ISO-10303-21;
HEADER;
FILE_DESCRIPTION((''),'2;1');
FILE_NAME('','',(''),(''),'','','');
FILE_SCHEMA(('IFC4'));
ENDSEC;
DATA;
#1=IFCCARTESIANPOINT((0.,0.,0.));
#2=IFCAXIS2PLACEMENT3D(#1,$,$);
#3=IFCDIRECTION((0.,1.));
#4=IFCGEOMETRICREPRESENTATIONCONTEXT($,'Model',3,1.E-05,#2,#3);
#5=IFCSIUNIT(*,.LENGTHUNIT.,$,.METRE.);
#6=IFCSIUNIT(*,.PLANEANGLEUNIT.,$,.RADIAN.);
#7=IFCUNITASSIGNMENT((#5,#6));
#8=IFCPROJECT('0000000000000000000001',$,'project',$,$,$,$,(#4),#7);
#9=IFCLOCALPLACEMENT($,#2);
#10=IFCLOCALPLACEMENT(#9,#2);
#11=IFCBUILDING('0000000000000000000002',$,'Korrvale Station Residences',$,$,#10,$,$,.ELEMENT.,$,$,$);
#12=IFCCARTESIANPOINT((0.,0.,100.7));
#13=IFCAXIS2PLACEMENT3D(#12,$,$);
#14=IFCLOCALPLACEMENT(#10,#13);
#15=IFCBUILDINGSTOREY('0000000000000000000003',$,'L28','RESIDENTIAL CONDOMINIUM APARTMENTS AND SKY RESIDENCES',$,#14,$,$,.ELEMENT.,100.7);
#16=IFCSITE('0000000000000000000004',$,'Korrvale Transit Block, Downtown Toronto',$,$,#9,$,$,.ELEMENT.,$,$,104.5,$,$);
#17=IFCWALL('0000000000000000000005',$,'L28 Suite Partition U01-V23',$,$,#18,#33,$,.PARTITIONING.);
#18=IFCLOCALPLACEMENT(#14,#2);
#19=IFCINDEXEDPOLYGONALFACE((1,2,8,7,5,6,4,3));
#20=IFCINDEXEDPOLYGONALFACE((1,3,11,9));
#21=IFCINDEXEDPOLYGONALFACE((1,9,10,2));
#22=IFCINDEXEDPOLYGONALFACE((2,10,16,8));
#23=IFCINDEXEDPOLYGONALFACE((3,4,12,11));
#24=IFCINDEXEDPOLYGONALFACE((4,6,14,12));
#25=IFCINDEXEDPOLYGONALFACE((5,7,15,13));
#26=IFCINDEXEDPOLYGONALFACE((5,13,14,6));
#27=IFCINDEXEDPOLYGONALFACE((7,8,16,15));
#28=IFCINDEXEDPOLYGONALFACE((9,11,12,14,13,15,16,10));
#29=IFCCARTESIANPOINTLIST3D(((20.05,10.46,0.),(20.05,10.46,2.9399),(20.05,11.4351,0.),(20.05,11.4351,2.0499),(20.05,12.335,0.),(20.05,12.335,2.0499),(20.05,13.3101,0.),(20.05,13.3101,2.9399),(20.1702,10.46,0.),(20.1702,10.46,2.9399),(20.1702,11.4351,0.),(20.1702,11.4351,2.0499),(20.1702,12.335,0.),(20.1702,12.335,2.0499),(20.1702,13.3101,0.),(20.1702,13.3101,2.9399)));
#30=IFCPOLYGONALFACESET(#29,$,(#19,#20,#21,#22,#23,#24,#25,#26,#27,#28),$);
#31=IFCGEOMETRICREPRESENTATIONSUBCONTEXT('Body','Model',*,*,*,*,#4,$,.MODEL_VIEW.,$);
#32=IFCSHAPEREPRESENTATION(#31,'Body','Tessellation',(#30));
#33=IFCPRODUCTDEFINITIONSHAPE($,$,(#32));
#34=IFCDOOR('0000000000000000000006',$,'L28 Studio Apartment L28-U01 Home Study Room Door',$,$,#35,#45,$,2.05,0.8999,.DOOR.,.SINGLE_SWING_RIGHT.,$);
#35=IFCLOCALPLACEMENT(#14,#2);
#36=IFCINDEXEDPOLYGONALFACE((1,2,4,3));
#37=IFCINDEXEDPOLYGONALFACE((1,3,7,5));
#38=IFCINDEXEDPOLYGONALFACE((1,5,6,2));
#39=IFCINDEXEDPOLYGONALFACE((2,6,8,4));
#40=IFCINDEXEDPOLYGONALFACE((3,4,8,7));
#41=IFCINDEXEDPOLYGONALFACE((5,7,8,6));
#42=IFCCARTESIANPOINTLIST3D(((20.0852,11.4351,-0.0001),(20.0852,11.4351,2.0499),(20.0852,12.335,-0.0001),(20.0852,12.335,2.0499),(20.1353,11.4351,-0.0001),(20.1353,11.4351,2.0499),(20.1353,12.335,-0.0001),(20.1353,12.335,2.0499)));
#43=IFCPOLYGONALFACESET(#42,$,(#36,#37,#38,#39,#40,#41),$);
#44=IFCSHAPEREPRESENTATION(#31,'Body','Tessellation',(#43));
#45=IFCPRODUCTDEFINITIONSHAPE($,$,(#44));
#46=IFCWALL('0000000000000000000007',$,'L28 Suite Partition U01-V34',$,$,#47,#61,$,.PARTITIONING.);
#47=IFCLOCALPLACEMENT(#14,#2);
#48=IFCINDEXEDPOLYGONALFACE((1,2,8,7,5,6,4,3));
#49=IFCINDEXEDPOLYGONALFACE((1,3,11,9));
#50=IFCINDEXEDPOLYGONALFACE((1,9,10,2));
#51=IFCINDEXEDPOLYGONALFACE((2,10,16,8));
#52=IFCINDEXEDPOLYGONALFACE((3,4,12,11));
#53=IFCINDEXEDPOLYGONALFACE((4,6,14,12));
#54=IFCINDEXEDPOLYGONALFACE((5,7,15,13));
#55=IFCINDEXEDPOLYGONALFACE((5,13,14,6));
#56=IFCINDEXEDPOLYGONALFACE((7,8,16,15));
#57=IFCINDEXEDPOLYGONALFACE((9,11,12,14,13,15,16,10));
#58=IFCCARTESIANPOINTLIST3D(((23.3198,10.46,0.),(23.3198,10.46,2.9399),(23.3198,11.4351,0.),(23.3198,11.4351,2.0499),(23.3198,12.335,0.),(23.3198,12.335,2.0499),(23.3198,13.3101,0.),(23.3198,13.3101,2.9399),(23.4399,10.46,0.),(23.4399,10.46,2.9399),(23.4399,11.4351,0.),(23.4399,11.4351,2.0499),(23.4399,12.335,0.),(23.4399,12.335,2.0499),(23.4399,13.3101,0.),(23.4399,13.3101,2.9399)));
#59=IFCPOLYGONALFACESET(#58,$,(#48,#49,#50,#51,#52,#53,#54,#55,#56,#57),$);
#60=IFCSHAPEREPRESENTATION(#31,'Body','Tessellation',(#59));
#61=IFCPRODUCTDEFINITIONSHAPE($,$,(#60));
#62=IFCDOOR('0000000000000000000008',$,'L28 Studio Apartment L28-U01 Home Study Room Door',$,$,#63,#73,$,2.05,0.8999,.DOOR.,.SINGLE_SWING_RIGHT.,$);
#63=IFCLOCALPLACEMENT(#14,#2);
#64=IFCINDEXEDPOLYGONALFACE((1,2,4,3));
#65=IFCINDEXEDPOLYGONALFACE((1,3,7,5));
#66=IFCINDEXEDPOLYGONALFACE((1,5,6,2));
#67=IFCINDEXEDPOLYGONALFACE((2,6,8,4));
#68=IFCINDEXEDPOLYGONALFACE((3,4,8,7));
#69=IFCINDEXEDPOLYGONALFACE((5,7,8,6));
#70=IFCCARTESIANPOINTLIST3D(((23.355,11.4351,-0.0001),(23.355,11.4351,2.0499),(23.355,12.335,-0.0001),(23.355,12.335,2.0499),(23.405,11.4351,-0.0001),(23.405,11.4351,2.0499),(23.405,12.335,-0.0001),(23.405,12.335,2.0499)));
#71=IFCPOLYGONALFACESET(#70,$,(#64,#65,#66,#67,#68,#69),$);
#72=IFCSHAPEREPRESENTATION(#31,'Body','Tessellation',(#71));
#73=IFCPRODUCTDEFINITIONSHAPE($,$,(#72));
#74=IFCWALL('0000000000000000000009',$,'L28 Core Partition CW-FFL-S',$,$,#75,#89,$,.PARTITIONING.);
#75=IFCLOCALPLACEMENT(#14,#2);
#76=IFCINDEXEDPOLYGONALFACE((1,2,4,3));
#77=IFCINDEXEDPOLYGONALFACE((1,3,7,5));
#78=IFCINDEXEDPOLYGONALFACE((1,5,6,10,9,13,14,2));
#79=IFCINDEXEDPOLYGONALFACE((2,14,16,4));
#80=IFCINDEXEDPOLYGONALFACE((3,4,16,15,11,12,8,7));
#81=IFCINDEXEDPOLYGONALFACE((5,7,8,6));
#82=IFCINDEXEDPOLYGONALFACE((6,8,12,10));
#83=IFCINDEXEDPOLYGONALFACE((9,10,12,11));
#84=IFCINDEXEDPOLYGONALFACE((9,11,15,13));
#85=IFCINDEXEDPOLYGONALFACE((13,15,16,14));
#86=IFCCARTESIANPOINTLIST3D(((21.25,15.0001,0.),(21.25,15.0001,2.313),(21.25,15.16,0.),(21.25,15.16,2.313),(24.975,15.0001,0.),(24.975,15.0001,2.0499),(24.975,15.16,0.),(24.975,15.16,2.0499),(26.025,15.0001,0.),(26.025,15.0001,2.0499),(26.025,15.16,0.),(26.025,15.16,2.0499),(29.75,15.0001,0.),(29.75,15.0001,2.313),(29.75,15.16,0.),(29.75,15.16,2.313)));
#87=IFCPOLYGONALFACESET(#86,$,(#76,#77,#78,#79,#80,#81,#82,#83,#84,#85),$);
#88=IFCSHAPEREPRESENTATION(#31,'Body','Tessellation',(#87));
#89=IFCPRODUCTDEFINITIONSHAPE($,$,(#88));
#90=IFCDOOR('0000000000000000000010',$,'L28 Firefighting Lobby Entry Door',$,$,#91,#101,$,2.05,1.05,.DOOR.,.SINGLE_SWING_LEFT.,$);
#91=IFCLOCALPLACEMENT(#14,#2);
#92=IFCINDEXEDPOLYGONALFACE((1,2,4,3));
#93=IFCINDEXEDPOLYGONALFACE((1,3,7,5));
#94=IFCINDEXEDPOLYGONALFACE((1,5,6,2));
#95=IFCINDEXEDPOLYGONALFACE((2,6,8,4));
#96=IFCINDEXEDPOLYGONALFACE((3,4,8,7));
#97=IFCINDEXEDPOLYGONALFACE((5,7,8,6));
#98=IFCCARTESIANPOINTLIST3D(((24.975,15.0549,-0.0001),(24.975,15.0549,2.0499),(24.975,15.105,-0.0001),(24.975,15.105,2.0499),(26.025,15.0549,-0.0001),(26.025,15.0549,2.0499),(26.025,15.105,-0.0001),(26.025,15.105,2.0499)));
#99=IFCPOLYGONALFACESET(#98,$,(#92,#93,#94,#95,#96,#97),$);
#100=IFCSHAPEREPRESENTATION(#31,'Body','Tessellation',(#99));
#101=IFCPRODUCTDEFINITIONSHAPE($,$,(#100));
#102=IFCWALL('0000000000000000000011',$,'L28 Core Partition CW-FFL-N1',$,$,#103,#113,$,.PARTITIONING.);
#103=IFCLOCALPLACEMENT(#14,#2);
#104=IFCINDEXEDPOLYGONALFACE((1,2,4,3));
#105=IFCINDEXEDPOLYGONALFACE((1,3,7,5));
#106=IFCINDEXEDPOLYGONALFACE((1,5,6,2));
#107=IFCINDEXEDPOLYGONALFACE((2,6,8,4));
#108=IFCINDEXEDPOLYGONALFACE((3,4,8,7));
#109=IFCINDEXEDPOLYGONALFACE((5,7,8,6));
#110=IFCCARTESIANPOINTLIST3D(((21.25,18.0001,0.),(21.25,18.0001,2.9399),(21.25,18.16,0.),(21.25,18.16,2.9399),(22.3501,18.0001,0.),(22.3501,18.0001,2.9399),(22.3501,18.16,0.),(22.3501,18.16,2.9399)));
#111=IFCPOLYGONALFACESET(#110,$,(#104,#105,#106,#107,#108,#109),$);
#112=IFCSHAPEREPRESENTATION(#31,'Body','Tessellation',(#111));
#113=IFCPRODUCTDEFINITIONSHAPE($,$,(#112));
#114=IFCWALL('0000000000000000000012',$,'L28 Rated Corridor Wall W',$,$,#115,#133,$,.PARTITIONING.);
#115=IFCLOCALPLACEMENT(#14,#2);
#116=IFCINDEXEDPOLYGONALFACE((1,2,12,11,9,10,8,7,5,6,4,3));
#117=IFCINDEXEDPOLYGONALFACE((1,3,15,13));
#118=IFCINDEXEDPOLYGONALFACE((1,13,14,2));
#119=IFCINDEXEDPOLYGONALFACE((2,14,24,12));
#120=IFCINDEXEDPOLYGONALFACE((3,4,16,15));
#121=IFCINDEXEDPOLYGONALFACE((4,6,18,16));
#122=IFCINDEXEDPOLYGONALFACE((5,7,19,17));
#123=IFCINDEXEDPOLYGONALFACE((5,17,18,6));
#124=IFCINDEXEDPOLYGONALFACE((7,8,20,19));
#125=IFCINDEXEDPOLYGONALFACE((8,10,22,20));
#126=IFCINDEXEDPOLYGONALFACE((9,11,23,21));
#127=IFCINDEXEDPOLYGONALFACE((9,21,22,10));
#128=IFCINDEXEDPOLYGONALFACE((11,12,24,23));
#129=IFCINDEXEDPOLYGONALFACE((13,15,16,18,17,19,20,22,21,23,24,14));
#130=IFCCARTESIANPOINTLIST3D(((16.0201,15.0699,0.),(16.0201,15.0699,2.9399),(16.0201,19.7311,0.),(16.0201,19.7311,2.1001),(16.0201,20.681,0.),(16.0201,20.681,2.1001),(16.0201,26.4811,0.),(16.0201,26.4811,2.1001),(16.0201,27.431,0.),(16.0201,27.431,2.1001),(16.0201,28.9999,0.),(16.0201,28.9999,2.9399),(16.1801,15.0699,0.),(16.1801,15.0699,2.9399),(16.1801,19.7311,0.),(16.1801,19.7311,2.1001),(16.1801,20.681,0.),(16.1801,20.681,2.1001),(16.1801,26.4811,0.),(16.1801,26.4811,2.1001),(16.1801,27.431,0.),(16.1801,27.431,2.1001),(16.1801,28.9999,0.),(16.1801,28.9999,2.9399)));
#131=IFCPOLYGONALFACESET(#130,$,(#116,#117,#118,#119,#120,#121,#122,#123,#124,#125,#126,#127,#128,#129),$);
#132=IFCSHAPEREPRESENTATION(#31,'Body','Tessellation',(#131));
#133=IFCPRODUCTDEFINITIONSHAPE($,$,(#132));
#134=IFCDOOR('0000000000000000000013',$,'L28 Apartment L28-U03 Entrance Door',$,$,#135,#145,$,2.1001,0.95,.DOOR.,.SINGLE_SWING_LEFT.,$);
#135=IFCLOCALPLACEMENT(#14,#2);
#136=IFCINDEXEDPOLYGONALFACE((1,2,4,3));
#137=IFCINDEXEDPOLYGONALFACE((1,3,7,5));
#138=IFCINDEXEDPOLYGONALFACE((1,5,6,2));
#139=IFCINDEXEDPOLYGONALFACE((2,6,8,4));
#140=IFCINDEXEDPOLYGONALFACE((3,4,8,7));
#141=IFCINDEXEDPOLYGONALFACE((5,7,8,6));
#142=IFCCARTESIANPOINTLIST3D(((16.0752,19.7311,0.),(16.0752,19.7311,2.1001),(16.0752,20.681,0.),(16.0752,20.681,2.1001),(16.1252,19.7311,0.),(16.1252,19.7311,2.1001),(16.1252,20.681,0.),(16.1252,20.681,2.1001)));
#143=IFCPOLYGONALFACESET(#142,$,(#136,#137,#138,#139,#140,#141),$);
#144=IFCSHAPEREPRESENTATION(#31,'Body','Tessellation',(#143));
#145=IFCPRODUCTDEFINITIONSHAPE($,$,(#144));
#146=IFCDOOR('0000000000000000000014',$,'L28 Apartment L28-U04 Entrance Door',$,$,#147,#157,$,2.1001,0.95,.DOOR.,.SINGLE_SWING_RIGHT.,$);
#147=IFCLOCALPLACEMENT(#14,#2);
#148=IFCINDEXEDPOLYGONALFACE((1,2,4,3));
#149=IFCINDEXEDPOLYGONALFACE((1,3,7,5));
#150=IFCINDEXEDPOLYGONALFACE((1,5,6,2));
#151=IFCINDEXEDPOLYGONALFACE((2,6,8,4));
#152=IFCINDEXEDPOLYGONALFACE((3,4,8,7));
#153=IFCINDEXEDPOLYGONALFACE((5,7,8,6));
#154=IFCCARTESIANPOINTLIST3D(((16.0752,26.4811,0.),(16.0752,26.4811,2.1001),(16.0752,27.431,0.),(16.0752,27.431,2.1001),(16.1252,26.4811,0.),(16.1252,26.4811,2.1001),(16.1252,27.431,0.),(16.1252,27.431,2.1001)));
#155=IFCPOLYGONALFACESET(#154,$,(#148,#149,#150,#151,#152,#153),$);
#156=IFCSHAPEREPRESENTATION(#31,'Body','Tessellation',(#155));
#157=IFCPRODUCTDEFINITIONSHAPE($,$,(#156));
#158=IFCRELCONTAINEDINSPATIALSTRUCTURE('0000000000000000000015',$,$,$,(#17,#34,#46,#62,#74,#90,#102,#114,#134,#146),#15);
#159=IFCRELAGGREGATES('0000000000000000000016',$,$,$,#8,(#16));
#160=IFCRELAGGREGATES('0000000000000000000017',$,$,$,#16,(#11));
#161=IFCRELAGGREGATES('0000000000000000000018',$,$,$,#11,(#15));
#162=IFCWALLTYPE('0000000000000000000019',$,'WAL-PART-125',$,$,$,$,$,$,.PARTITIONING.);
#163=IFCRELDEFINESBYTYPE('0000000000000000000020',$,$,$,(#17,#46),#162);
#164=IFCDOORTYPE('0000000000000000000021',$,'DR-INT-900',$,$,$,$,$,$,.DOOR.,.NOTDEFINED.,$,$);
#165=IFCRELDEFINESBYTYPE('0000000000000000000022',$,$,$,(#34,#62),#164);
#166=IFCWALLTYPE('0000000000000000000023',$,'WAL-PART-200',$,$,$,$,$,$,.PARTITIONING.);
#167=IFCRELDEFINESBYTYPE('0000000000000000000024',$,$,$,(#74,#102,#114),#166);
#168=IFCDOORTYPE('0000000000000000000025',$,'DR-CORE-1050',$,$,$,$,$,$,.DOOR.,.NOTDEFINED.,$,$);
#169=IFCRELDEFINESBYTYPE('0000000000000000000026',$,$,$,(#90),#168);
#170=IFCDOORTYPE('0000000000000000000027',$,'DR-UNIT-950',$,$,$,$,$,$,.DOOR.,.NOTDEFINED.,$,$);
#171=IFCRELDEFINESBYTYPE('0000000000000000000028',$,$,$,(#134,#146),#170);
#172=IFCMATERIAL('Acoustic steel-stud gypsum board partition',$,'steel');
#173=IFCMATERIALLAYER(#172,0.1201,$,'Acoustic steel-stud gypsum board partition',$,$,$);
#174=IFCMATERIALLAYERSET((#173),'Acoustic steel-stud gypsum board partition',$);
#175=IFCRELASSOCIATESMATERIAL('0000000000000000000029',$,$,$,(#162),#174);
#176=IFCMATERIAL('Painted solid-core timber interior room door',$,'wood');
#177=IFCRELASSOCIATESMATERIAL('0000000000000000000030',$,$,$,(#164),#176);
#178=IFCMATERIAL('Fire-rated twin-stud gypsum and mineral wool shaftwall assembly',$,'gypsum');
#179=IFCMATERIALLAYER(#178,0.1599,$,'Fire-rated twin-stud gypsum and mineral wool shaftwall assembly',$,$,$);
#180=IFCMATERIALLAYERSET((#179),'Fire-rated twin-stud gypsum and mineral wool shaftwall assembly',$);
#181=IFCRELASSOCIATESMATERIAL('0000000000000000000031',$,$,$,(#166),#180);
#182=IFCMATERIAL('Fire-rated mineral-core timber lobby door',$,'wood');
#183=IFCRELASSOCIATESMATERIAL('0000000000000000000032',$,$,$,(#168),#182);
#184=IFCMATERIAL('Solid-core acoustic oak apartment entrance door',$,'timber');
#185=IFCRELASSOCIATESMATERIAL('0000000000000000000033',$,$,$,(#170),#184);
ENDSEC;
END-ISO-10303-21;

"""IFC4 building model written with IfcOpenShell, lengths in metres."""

from ifc_helpers import new_model, si_unit, direction, frame, frame_2d, origin, place, context, subcontext, project, spatial, rectangle, extrude, material, layer, layer_set, type_object, element, fill, save


model = new_model("IFC4")

# Units and contexts
model_context = context("Model", 3, precision=1e-05, world=origin(), true_north=direction((0.0, 1.0)))
body_context = subcontext(model_context, "Body", "Model", "MODEL_VIEW")
ifc_project = project(units=[si_unit("LENGTHUNIT", "METRE"), si_unit("PLANEANGLEUNIT", "RADIAN")], contexts=[model_context])

# Site, building, storey
site_placement = place(None, origin())
site = spatial("IfcSite", under=ifc_project, at=site_placement, Name="Korrvale Transit Block, Downtown Toronto", CompositionType="ELEMENT", RefElevation=104.5)
building_placement = place(site_placement, origin())
building = spatial("IfcBuilding", under=site, at=building_placement, Name="Korrvale Station Residences", CompositionType="ELEMENT")
storey_placement = place(building_placement, frame((0.0, 0.0, 100.7)))
storey = spatial("IfcBuildingStorey", under=building, at=storey_placement, Name="L28", Description="RESIDENTIAL CONDOMINIUM APARTMENTS AND SKY RESIDENCES", CompositionType="ELEMENT", Elevation=100.7)

# Shared definitions
ifc_material_1 = material(Name="Acoustic steel-stud gypsum board partition", Category="steel")
ifc_layer_1 = layer(ifc_material_1, 0.1201, Name="Acoustic steel-stud gypsum board partition")
ifc_layer_set_1 = layer_set([ifc_layer_1], Name="Acoustic steel-stud gypsum board partition")
wall_type_1 = type_object("IfcWallType", Name="WAL-PART-125", PredefinedType="PARTITIONING", material=ifc_layer_set_1)

# Walls, openings, doors
ifc_material_2 = material(Name="Painted solid-core timber interior room door", Category="wood")
door_type_1 = type_object("IfcDoorType", Name="DR-INT-900", OperationType="NOTDEFINED", PredefinedType="DOOR", material=ifc_material_2)
wall_1_placement = place(storey_placement, frame((20.1101, 10.46, 0.0), z_axis=(0.0, 0.0, 1.0), x_axis=(0.0, 1.0, 0.0)))
wall_1 = element("IfcWall", 1, at=wall_1_placement, inside=storey, type_object=wall_type_1, Name="L28 Suite Partition U01-V23", PredefinedType="PARTITIONING", context=body_context, shape_type="SweptSolid", body=[
    extrude(rectangle(XDim=2.8501, YDim=0.1201, at=frame_2d((1.425, 0.0))), origin(), (0.0, 0.0, 1.0), 2.9399),
])
opening_1_placement = place(wall_1_placement, frame((0.9751, 0.0, 0.0)))
opening_1 = element("IfcOpeningElement", 2, at=opening_1_placement, cuts=wall_1, PredefinedType="OPENING", context=body_context, shape_type="SweptSolid", body=[
    extrude(rectangle(XDim=0.8999, YDim=2.05, at=frame_2d((0.45, 1.0249))), frame((0.0, 0.0701, 0.0), z_axis=(0.0, -1.0, 0.0), x_axis=(1.0, 0.0, 0.0)), (0.0, 0.0, 1.0), 0.1401),
])
door_1_placement = place(opening_1_placement, origin())
door_1 = element("IfcDoor", 3, at=door_1_placement, inside=storey, type_object=door_type_1, Name="L28 Studio Apartment L28-U01 Home Study Room Door", OperationType="SINGLE_SWING_RIGHT", OverallHeight=2.05, OverallWidth=0.8999, PredefinedType="DOOR", context=body_context, shape_type="SweptSolid", body=[
    extrude(rectangle(XDim=0.8999, YDim=2.05, at=frame_2d((0.45, 1.0249))), frame((0.0, 0.0249, 0.0), z_axis=(0.0, -1.0, 0.0), x_axis=(1.0, 0.0, 0.0)), (0.0, 0.0, 1.0), 0.05),
])
fill(opening_1, door_1)
wall_2_placement = place(storey_placement, frame((23.3799, 10.46, 0.0), z_axis=(0.0, 0.0, 1.0), x_axis=(0.0, 1.0, 0.0)))
wall_2 = element("IfcWall", 4, at=wall_2_placement, inside=storey, type_object=wall_type_1, Name="L28 Suite Partition U01-V34", PredefinedType="PARTITIONING", context=body_context, shape_type="SweptSolid", body=[
    extrude(rectangle(XDim=2.8501, YDim=0.1201, at=frame_2d((1.425, 0.0))), origin(), (0.0, 0.0, 1.0), 2.9399),
])
opening_2_placement = place(wall_2_placement, frame((0.9751, 0.0, 0.0)))
opening_2 = element("IfcOpeningElement", 5, at=opening_2_placement, cuts=wall_2, PredefinedType="OPENING", context=body_context, shape_type="SweptSolid", body=[
    extrude(rectangle(XDim=0.8999, YDim=2.05, at=frame_2d((0.45, 1.0249))), frame((0.0, 0.0701, 0.0), z_axis=(0.0, -1.0, 0.0), x_axis=(1.0, 0.0, 0.0)), (0.0, 0.0, 1.0), 0.1401),
])
door_2_placement = place(opening_2_placement, origin())
door_2 = element("IfcDoor", 6, at=door_2_placement, inside=storey, type_object=door_type_1, Name="L28 Studio Apartment L28-U01 Home Study Room Door", OperationType="SINGLE_SWING_RIGHT", OverallHeight=2.05, OverallWidth=0.8999, PredefinedType="DOOR", context=body_context, shape_type="SweptSolid", body=[
    extrude(rectangle(XDim=0.8999, YDim=2.05, at=frame_2d((0.45, 1.0249))), frame((0.0, 0.0249, 0.0), z_axis=(0.0, -1.0, 0.0), x_axis=(1.0, 0.0, 0.0)), (0.0, 0.0, 1.0), 0.05),
])
fill(opening_2, door_2)
ifc_material_3 = material(Name="Fire-rated twin-stud gypsum and mineral wool shaftwall assembly", Category="gypsum")
ifc_layer_2 = layer(ifc_material_3, 0.1599, Name="Fire-rated twin-stud gypsum and mineral wool shaftwall assembly")
ifc_layer_set_2 = layer_set([ifc_layer_2], Name="Fire-rated twin-stud gypsum and mineral wool shaftwall assembly")
wall_type_2 = type_object("IfcWallType", Name="WAL-PART-200", PredefinedType="PARTITIONING", material=ifc_layer_set_2)
wall_3_placement = place(storey_placement, frame((21.25, 15.0801, 0.0), z_axis=(0.0, 0.0, 1.0), x_axis=(1.0, 0.0, 0.0)))
wall_3 = element("IfcWall", 7, at=wall_3_placement, inside=storey, type_object=wall_type_2, Name="L28 Core Partition CW-FFL-S", PredefinedType="PARTITIONING", context=body_context, shape_type="SweptSolid", body=[
    extrude(rectangle(XDim=8.5, YDim=0.1599, at=frame_2d((4.25, 0.0))), origin(), (0.0, 0.0, 1.0), 2.313),
])
opening_3_placement = place(wall_3_placement, frame((3.7251, 0.0, 0.0)))
opening_3 = element("IfcOpeningElement", 8, at=opening_3_placement, cuts=wall_3, PredefinedType="OPENING", context=body_context, shape_type="SweptSolid", body=[
    extrude(rectangle(XDim=1.05, YDim=2.05, at=frame_2d((0.5249, 1.0249))), frame((0.0, 0.0898, 0.0), z_axis=(0.0, -1.0, 0.0), x_axis=(1.0, 0.0, 0.0)), (0.0, 0.0, 1.0), 0.1799),
])
ifc_material_4 = material(Name="Fire-rated mineral-core timber lobby door", Category="wood")
door_type_2 = type_object("IfcDoorType", Name="DR-CORE-1050", OperationType="NOTDEFINED", PredefinedType="DOOR", material=ifc_material_4)
door_3_placement = place(opening_3_placement, origin())
door_3 = element("IfcDoor", 9, at=door_3_placement, inside=storey, type_object=door_type_2, Name="L28 Firefighting Lobby Entry Door", OperationType="SINGLE_SWING_LEFT", OverallHeight=2.05, OverallWidth=1.05, PredefinedType="DOOR", context=body_context, shape_type="SweptSolid", body=[
    extrude(rectangle(XDim=1.05, YDim=2.05, at=frame_2d((0.5249, 1.0249))), frame((0.0, 0.0249, 0.0), z_axis=(0.0, -1.0, 0.0), x_axis=(1.0, 0.0, 0.0)), (0.0, 0.0, 1.0), 0.05),
])
fill(opening_3, door_3)

# Wall
wall_4_placement = place(storey_placement, frame((21.25, 18.0801, 0.0), z_axis=(0.0, 0.0, 1.0), x_axis=(1.0, 0.0, 0.0)))
element("IfcWall", 10, at=wall_4_placement, inside=storey, type_object=wall_type_2, Name="L28 Core Partition CW-FFL-N1", PredefinedType="PARTITIONING", context=body_context, shape_type="SweptSolid", body=[
    extrude(rectangle(XDim=1.1001, YDim=0.1599, at=frame_2d((0.55, 0.0))), origin(), (0.0, 0.0, 1.0), 2.9399),
])

# Wall, openings, doors
wall_5_placement = place(storey_placement, frame((16.1001, 15.0701, 0.0), z_axis=(0.0, 0.0, 1.0), x_axis=(0.0, 1.0, 0.0)))
wall_5 = element("IfcWall", 11, at=wall_5_placement, inside=storey, type_object=wall_type_2, Name="L28 Rated Corridor Wall W", PredefinedType="PARTITIONING", context=body_context, shape_type="SweptSolid", body=[
    extrude(rectangle(XDim=13.9299, YDim=0.1599, at=frame_2d((6.9648, 0.0))), origin(), (0.0, 0.0, 1.0), 2.9399),
])
opening_4_placement = place(wall_5_placement, frame((4.6609, 0.0, 0.0)))
opening_4 = element("IfcOpeningElement", 12, at=opening_4_placement, cuts=wall_5, PredefinedType="OPENING", context=body_context, shape_type="SweptSolid", body=[
    extrude(rectangle(XDim=0.95, YDim=2.1001, at=frame_2d((0.4751, 1.05))), frame((0.0, 0.0898, 0.0), z_axis=(0.0, -1.0, 0.0), x_axis=(1.0, 0.0, 0.0)), (0.0, 0.0, 1.0), 0.1799),
])
opening_5_placement = place(wall_5_placement, frame((11.4109, 0.0, 0.0)))
opening_5 = element("IfcOpeningElement", 13, at=opening_5_placement, cuts=wall_5, PredefinedType="OPENING", context=body_context, shape_type="SweptSolid", body=[
    extrude(rectangle(XDim=0.95, YDim=2.1001, at=frame_2d((0.4751, 1.05))), frame((0.0, 0.0898, 0.0), z_axis=(0.0, -1.0, 0.0), x_axis=(1.0, 0.0, 0.0)), (0.0, 0.0, 1.0), 0.1799),
])
ifc_material_5 = material(Name="Solid-core acoustic oak apartment entrance door", Category="timber")
door_type_3 = type_object("IfcDoorType", Name="DR-UNIT-950", OperationType="NOTDEFINED", PredefinedType="DOOR", material=ifc_material_5)
door_4_placement = place(opening_4_placement, origin())
door_4 = element("IfcDoor", 14, at=door_4_placement, inside=storey, type_object=door_type_3, Name="L28 Apartment L28-U03 Entrance Door", OperationType="SINGLE_SWING_LEFT", OverallHeight=2.1001, OverallWidth=0.95, PredefinedType="DOOR", context=body_context, shape_type="SweptSolid", body=[
    extrude(rectangle(XDim=0.95, YDim=2.1001, at=frame_2d((0.4751, 1.05))), frame((0.0, 0.0249, 0.0), z_axis=(0.0, -1.0, 0.0), x_axis=(1.0, 0.0, 0.0)), (0.0, 0.0, 1.0), 0.05),
])
fill(opening_4, door_4)
door_5_placement = place(opening_5_placement, origin())
door_5 = element("IfcDoor", 15, at=door_5_placement, inside=storey, type_object=door_type_3, Name="L28 Apartment L28-U04 Entrance Door", OperationType="SINGLE_SWING_RIGHT", OverallHeight=2.1001, OverallWidth=0.95, PredefinedType="DOOR", context=body_context, shape_type="SweptSolid", body=[
    extrude(rectangle(XDim=0.95, YDim=2.1001, at=frame_2d((0.4751, 1.05))), frame((0.0, 0.0249, 0.0), z_axis=(0.0, -1.0, 0.0), x_axis=(1.0, 0.0, 0.0)), (0.0, 0.0, 1.0), 0.05),
])
fill(opening_5, door_5)

save(model, "model.ifc")
